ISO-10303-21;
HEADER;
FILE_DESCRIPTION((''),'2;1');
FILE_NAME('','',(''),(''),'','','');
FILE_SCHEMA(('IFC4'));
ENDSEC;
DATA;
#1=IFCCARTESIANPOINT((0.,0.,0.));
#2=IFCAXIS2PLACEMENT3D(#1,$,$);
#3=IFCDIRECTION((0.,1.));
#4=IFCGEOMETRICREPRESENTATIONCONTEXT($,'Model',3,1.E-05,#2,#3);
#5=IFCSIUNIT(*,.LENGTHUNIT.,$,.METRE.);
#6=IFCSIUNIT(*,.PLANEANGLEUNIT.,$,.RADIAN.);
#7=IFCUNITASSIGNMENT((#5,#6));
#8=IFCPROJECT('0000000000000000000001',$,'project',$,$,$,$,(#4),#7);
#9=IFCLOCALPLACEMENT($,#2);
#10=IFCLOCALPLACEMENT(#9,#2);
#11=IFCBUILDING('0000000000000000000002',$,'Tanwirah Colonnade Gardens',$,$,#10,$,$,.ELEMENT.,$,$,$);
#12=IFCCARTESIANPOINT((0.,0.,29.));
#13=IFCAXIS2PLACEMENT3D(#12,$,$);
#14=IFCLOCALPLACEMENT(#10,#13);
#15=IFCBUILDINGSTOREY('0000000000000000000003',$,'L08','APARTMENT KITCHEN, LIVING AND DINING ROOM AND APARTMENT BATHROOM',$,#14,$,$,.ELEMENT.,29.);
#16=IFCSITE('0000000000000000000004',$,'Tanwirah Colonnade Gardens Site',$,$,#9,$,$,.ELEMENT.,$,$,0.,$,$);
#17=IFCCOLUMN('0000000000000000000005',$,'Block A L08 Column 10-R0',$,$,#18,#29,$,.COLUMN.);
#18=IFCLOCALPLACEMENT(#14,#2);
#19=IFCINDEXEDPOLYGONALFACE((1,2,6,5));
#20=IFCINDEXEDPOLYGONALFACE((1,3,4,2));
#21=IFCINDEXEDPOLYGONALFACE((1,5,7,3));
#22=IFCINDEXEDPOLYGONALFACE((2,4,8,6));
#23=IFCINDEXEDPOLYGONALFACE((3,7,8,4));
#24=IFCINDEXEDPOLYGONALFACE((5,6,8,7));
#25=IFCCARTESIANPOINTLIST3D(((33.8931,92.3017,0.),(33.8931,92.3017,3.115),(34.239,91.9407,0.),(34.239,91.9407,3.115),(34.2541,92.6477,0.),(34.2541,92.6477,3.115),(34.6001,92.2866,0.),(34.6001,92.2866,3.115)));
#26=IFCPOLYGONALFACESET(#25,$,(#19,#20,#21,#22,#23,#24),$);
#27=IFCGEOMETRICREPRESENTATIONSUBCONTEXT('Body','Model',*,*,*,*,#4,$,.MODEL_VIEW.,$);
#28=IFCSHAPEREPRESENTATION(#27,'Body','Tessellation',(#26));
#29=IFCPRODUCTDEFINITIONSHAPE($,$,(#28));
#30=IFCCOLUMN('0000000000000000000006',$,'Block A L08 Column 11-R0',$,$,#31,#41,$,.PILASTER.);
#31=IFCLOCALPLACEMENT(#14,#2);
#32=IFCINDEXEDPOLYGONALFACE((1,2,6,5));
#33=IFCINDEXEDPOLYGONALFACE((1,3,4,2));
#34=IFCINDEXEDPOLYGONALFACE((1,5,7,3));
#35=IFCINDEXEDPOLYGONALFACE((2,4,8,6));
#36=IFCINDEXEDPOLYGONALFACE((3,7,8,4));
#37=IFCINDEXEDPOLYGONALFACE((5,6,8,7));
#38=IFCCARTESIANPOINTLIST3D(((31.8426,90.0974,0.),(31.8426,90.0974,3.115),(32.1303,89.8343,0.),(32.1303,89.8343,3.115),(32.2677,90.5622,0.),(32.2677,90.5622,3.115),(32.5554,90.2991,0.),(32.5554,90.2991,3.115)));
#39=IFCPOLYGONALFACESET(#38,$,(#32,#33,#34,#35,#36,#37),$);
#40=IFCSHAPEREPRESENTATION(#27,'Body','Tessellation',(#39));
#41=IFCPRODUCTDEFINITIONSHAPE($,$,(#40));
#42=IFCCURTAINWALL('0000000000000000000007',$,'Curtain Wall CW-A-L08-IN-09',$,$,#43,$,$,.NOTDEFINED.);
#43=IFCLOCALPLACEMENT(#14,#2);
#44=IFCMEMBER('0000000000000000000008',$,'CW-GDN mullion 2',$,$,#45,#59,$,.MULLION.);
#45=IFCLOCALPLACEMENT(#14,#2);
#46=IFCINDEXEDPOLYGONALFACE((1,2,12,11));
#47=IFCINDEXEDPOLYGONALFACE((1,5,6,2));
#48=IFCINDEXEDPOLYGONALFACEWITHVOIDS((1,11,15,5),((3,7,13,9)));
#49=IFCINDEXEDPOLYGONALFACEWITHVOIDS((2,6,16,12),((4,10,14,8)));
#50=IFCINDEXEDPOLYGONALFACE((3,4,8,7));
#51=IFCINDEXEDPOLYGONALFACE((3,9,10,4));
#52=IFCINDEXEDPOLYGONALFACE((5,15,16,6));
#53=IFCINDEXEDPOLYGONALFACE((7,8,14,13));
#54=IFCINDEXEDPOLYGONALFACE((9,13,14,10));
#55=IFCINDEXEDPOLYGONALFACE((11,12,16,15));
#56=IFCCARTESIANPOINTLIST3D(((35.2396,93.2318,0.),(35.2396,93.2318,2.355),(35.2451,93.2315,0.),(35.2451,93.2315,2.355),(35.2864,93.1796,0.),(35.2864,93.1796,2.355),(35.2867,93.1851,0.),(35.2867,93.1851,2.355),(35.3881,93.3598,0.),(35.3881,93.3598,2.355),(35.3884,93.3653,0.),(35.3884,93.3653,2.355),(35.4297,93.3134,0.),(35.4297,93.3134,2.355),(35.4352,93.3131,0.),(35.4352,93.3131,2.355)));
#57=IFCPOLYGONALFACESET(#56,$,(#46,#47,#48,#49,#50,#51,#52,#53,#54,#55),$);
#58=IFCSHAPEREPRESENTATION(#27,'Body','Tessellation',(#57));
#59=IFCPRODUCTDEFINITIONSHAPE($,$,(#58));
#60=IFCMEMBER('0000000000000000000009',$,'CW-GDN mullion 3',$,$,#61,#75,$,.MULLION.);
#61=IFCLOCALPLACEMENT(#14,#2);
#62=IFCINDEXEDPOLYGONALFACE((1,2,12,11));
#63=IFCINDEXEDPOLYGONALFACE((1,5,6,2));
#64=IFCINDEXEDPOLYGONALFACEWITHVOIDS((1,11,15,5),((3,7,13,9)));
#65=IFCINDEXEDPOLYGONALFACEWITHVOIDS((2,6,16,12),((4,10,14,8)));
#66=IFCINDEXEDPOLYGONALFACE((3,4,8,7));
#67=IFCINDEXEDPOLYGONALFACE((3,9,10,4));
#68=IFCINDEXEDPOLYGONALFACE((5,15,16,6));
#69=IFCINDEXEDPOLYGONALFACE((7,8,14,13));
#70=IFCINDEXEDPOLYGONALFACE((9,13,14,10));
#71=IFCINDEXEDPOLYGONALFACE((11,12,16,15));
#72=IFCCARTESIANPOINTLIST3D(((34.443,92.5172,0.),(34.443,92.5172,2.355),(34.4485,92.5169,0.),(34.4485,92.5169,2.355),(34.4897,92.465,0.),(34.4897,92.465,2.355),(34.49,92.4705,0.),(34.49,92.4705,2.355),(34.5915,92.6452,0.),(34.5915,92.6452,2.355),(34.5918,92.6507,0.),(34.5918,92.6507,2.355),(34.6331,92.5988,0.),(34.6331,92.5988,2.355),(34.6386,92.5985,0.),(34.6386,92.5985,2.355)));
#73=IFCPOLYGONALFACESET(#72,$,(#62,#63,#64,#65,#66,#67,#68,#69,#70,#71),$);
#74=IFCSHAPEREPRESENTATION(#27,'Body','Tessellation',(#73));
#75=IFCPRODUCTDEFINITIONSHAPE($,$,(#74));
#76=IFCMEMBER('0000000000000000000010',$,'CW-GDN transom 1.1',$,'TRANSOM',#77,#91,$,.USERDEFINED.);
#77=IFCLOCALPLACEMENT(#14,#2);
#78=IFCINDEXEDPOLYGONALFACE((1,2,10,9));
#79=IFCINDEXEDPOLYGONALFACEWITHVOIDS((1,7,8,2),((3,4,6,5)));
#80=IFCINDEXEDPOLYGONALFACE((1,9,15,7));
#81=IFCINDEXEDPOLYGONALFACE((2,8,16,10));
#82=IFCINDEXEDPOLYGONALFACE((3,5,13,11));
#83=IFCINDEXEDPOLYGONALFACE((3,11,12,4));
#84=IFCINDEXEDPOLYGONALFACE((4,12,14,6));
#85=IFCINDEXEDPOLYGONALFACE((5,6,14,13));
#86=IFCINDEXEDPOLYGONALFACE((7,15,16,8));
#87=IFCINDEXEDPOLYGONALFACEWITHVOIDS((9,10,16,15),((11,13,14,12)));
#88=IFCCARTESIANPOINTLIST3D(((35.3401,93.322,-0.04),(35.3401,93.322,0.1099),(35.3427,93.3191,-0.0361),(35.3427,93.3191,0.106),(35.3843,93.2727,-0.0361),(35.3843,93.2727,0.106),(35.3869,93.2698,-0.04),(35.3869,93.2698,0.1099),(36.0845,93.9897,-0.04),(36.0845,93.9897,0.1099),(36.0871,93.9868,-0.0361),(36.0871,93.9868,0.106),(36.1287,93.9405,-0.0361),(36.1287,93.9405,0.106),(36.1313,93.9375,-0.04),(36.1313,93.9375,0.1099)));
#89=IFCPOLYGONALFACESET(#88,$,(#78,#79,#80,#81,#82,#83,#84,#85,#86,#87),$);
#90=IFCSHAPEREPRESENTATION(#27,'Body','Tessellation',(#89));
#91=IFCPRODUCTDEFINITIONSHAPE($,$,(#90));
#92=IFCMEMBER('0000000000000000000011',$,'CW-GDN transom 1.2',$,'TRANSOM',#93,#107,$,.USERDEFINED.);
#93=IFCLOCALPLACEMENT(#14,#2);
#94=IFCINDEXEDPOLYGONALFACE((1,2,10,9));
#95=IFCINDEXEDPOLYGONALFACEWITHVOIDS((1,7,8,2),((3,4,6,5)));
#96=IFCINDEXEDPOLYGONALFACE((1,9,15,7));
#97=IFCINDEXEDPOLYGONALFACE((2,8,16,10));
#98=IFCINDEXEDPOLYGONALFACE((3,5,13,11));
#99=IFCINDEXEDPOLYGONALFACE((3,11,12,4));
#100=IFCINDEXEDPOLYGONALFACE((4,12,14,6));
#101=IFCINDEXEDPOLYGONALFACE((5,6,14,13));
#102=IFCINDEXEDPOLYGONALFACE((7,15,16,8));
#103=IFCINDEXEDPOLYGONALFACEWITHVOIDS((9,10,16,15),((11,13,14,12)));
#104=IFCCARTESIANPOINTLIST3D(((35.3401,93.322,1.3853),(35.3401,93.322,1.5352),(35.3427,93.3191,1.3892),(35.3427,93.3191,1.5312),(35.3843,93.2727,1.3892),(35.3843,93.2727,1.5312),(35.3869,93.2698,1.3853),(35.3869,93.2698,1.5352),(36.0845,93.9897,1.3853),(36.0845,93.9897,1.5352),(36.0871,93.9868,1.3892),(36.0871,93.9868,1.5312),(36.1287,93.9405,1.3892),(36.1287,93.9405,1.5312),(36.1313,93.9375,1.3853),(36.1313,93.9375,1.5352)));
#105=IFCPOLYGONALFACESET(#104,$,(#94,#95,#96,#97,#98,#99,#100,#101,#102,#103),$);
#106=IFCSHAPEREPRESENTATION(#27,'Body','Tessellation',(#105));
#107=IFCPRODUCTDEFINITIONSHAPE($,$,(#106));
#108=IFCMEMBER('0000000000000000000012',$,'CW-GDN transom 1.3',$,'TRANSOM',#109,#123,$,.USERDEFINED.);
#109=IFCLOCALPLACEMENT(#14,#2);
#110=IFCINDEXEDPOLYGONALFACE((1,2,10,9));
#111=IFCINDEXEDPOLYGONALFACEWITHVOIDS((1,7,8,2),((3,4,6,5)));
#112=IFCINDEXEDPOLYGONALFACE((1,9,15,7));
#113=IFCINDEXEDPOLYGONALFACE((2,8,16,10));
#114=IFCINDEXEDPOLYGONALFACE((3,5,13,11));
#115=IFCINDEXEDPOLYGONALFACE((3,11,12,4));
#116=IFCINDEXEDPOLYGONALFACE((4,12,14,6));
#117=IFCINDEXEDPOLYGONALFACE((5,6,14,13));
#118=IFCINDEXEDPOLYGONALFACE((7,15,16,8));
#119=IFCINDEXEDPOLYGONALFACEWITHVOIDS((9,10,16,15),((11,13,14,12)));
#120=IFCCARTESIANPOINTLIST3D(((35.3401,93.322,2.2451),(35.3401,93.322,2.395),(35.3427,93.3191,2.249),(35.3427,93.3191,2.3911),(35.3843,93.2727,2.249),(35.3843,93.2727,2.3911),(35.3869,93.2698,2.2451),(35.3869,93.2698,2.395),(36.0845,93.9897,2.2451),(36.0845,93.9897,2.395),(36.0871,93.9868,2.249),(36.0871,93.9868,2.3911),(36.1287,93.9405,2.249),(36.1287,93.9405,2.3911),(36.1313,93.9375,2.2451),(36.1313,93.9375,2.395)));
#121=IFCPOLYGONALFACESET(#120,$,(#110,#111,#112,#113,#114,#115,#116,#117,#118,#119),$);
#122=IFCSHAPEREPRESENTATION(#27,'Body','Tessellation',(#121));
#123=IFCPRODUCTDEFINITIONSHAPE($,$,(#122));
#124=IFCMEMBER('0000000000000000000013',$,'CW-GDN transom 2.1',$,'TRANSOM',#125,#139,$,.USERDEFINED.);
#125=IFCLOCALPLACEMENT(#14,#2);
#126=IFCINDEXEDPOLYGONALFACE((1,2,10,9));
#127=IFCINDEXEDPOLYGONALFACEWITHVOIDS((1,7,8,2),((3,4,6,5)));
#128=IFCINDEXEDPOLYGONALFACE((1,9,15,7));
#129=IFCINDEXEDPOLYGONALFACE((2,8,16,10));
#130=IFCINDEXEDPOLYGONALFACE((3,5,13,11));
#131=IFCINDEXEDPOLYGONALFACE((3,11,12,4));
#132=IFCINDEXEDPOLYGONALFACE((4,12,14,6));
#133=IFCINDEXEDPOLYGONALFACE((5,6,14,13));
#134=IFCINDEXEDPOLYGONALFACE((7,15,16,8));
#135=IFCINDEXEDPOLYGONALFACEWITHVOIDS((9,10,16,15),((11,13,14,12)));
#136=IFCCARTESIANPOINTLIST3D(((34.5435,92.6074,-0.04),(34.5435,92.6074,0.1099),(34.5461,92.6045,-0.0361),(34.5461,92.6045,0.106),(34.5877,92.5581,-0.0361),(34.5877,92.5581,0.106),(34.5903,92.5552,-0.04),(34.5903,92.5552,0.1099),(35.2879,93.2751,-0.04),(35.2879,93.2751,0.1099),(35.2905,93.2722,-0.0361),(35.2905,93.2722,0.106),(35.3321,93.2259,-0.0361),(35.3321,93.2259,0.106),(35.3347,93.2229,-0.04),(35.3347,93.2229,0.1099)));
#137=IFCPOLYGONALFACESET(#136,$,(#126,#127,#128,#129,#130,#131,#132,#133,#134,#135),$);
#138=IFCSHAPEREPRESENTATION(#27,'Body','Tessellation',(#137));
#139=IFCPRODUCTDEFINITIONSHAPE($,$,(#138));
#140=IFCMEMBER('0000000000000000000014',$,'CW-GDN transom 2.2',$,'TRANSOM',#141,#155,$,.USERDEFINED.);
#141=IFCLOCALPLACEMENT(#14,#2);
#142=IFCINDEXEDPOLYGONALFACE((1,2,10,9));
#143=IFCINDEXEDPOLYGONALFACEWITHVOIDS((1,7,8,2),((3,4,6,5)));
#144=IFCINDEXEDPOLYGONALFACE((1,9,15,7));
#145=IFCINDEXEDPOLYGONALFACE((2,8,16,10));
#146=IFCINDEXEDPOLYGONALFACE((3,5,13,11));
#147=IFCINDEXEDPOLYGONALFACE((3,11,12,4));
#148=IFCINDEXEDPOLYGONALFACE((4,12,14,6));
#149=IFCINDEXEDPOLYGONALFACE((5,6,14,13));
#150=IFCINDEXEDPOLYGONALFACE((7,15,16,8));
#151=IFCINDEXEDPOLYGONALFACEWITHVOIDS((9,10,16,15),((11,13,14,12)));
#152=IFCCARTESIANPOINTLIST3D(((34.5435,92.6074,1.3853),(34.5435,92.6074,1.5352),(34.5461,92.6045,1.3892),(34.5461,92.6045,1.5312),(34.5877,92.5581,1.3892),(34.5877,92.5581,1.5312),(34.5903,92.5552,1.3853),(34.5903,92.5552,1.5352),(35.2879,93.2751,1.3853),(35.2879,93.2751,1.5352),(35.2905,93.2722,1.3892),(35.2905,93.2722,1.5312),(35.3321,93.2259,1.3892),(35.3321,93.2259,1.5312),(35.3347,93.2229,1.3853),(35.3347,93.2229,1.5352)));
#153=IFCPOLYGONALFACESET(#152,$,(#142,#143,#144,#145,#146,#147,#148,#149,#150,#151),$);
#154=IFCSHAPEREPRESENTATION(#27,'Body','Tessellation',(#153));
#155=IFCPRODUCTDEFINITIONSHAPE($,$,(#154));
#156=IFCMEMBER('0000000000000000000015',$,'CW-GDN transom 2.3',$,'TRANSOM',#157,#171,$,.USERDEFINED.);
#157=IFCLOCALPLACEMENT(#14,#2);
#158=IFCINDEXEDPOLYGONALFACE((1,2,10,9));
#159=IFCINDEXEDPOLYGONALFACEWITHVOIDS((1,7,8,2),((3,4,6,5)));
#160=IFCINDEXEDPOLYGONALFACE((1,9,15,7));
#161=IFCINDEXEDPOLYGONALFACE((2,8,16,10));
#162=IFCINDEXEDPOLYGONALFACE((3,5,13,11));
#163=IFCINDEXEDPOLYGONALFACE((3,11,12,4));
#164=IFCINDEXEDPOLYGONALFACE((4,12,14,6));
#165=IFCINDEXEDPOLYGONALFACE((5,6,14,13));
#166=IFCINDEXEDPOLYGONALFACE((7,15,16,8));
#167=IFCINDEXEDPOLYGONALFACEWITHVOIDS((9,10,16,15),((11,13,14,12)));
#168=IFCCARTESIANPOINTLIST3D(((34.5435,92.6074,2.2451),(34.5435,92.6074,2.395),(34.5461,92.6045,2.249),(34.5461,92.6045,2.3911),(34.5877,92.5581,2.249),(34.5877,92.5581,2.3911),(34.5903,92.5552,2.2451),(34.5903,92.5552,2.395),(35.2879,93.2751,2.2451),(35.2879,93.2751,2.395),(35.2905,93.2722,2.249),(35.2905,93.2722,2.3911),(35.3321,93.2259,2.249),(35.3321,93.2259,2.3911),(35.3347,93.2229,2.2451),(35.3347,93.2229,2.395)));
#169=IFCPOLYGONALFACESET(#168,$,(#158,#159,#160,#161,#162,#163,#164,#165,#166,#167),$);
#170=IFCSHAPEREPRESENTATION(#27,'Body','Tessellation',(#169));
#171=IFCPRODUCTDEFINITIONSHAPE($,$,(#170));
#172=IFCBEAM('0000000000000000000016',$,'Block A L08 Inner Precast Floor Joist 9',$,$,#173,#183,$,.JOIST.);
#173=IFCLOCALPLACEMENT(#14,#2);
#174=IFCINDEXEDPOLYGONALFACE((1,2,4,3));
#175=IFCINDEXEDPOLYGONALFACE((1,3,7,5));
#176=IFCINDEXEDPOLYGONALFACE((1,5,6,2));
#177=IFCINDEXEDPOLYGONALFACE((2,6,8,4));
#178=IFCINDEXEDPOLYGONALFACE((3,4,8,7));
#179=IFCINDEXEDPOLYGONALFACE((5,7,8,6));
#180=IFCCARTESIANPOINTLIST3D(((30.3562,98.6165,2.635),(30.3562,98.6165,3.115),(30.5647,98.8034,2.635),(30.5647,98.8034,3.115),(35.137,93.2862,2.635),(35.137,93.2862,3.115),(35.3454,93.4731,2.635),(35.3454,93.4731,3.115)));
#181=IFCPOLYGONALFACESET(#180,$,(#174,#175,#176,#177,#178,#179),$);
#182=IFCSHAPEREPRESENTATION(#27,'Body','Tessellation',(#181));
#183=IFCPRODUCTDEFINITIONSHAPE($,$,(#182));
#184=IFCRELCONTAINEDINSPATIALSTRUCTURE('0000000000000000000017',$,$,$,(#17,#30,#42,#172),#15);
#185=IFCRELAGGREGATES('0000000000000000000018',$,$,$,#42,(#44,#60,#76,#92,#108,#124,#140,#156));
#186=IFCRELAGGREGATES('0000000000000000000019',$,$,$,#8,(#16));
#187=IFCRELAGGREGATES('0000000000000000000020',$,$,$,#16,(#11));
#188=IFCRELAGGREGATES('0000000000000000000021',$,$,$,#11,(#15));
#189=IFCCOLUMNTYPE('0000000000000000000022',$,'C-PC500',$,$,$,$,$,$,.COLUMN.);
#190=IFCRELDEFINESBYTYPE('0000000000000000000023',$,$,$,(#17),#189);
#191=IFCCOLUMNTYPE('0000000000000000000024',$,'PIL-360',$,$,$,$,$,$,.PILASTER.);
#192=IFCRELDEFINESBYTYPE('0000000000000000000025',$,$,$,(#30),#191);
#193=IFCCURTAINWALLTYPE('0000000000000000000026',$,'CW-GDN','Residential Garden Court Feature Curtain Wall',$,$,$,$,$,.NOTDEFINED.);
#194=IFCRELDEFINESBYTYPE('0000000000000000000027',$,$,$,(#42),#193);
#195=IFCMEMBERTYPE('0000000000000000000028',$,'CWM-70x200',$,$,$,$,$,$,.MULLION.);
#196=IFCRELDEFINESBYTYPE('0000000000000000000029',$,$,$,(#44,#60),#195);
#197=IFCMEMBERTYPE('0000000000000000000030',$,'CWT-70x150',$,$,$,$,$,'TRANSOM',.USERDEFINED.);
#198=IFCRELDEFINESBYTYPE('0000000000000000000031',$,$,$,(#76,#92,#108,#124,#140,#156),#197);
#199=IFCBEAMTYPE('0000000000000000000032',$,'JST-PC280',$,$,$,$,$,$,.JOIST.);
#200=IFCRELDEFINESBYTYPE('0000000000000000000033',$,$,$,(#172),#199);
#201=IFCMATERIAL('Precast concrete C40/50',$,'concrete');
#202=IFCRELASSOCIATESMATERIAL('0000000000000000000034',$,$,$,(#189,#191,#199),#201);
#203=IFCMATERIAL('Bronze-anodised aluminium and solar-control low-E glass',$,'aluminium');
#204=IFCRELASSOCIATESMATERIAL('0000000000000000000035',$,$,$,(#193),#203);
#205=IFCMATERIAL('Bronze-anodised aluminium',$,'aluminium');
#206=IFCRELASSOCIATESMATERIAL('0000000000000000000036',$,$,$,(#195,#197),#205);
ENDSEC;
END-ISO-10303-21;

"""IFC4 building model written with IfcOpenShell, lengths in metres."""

from ifc_helpers import new_model, si_unit, direction, frame, origin, origin_2d, place, context, subcontext, project, spatial, rectangle, hollow_rectangle, extrude, material, material_profile, profile_set, type_object, element, aggregate, save


model = new_model("IFC4")

# Units and contexts
model_context = context("Model", 3, precision=1e-05, world=origin(), true_north=direction((0.0, 1.0)))
body_context = subcontext(model_context, "Body", "Model", "MODEL_VIEW")
ifc_project = project(units=[si_unit("LENGTHUNIT", "METRE"), si_unit("PLANEANGLEUNIT", "RADIAN")], contexts=[model_context])

# Site, building, storey
site_placement = place(None, origin())
site = spatial("IfcSite", under=ifc_project, at=site_placement, Name="Tanwirah Colonnade Gardens Site", CompositionType="ELEMENT", RefElevation=0.0)
building_placement = place(site_placement, origin())
building = spatial("IfcBuilding", under=site, at=building_placement, Name="Tanwirah Colonnade Gardens", CompositionType="ELEMENT")
storey_placement = place(building_placement, frame((0.0, 0.0, 29.0)))
storey = spatial("IfcBuildingStorey", under=building, at=storey_placement, Name="L08", Description="APARTMENT KITCHEN, LIVING AND DINING ROOM AND APARTMENT BATHROOM", CompositionType="ELEMENT", Elevation=29.0)

# Columns
ifc_material_1 = material(Name="Precast concrete C40/50", Category="concrete")
ifc_material_profile_1 = material_profile(ifc_material_1, rectangle(XDim=0.5, YDim=0.5, at=origin_2d()), Name="PC-COL 500x500")
ifc_profile_set_1 = profile_set([ifc_material_profile_1], Name="Precast concrete C40/50")
column_type_1 = type_object("IfcColumnType", Name="C-PC500", PredefinedType="COLUMN", material=ifc_profile_set_1)
column_1_placement = place(storey_placement, frame((34.2466, 92.2942, 0.0), z_axis=(0.0, 0.0, 1.0), x_axis=(-0.691863, 0.722029, 0.0)))
element("IfcColumn", 1, at=column_1_placement, inside=storey, type_object=column_type_1, Name="Block A L08 Column 10-R0", PredefinedType="COLUMN", context=body_context, shape_type="SweptSolid", body=[
    extrude(rectangle(XDim=0.5, YDim=0.5, at=origin_2d()), origin(), (0.0, 0.0, 1.0), 3.115),
])
ifc_material_profile_2 = material_profile(ifc_material_1, rectangle(XDim=0.3899, YDim=0.6299, at=origin_2d()), Name="PC-PIL 390x630")
ifc_profile_set_2 = profile_set([ifc_material_profile_2], Name="Precast concrete C40/50")
column_type_2 = type_object("IfcColumnType", Name="PIL-360", PredefinedType="PILASTER", material=ifc_profile_set_2)
column_2_placement = place(storey_placement, frame((32.199, 90.1982, 0.0), z_axis=(0.0, 0.0, 1.0), x_axis=(-0.737932, 0.674875, 0.0)))
element("IfcColumn", 2, at=column_2_placement, inside=storey, type_object=column_type_2, Name="Block A L08 Column 11-R0", PredefinedType="PILASTER", context=body_context, shape_type="SweptSolid", body=[
    extrude(rectangle(XDim=0.3899, YDim=0.6299, at=origin_2d()), origin(), (0.0, 0.0, 1.0), 3.115),
])

# Curtain wall, members
ifc_material_2 = material(Name="Bronze-anodised aluminium and solar-control low-E glass", Category="aluminium")
curtain_wall_type = type_object("IfcCurtainWallType", Name="CW-GDN", Description="Residential Garden Court Feature Curtain Wall", PredefinedType="NOTDEFINED", material=ifc_material_2)
curtain_wall_placement = place(storey_placement, origin())
curtain_wall = element("IfcCurtainWall", 3, at=curtain_wall_placement, inside=storey, type_object=curtain_wall_type, Name="Curtain Wall CW-A-L08-IN-09", PredefinedType="NOTDEFINED")
ifc_material_3 = material(Name="Bronze-anodised aluminium", Category="aluminium")
ifc_material_profile_3 = material_profile(ifc_material_3, hollow_rectangle(XDim=0.0701, YDim=0.2, WallThickness=0.0039, at=origin_2d()), Name="CW-MUL 70x200x4")
ifc_profile_set_3 = profile_set([ifc_material_profile_3], Name="Bronze-anodised aluminium")
member_type_1 = type_object("IfcMemberType", Name="CWM-70x200", PredefinedType="MULLION", material=ifc_profile_set_3)
member_1_placement = place(storey_placement, frame((35.3374, 93.2725, 0.0), z_axis=(0.0, 0.0, 1.0), x_axis=(0.667689, -0.74444, 0.0)))
member_1 = element("IfcMember", 4, at=member_1_placement, type_object=member_type_1, Name="CW-GDN mullion 2", PredefinedType="MULLION", context=body_context, shape_type="SweptSolid", body=[
    extrude(hollow_rectangle(XDim=0.0701, YDim=0.2, WallThickness=0.0039, at=origin_2d()), origin(), (0.0, 0.0, 1.0), 2.355),
])
member_2_placement = place(storey_placement, frame((34.5408, 92.5579, 0.0), z_axis=(0.0, 0.0, 1.0), x_axis=(0.667689, -0.74444, 0.0)))
member_2 = element("IfcMember", 5, at=member_2_placement, type_object=member_type_1, Name="CW-GDN mullion 3", PredefinedType="MULLION", context=body_context, shape_type="SweptSolid", body=[
    extrude(hollow_rectangle(XDim=0.0701, YDim=0.2, WallThickness=0.0039, at=origin_2d()), origin(), (0.0, 0.0, 1.0), 2.355),
])
ifc_material_profile_4 = material_profile(ifc_material_3, hollow_rectangle(XDim=0.0701, YDim=0.1499, WallThickness=0.0039, at=origin_2d()), Name="CW-TRN 70x150x4")
ifc_profile_set_4 = profile_set([ifc_material_profile_4], Name="Bronze-anodised aluminium")
member_type_2 = type_object("IfcMemberType", Name="CWT-70x150", ElementType="TRANSOM", PredefinedType="USERDEFINED", material=ifc_profile_set_4)
member_3_placement = place(storey_placement, frame((36.1079, 93.9636, 0.0349), z_axis=(-0.744398, -0.667736, 0.0), x_axis=(0.667736, -0.744398, 0.0)))
member_3 = element("IfcMember", 6, at=member_3_placement, type_object=member_type_2, Name="CW-GDN transom 1.1", ObjectType="TRANSOM", PredefinedType="USERDEFINED", context=body_context, shape_type="SweptSolid", body=[
    extrude(hollow_rectangle(XDim=0.0701, YDim=0.1499, WallThickness=0.0039, at=origin_2d()), origin(), (0.0, 0.0, 1.0), 1.0),
])
member_4_placement = place(storey_placement, frame((36.1079, 93.9636, 1.4602), z_axis=(-0.744398, -0.667736, 0.0), x_axis=(0.667736, -0.744398, 0.0)))
member_4 = element("IfcMember", 7, at=member_4_placement, type_object=member_type_2, Name="CW-GDN transom 1.2", ObjectType="TRANSOM", PredefinedType="USERDEFINED", context=body_context, shape_type="SweptSolid", body=[
    extrude(hollow_rectangle(XDim=0.0701, YDim=0.1499, WallThickness=0.0039, at=origin_2d()), origin(), (0.0, 0.0, 1.0), 1.0),
])
member_5_placement = place(storey_placement, frame((36.1079, 93.9636, 2.3201), z_axis=(-0.744398, -0.667736, 0.0), x_axis=(0.667736, -0.744398, 0.0)))
member_5 = element("IfcMember", 8, at=member_5_placement, type_object=member_type_2, Name="CW-GDN transom 1.3", ObjectType="TRANSOM", PredefinedType="USERDEFINED", context=body_context, shape_type="SweptSolid", body=[
    extrude(hollow_rectangle(XDim=0.0701, YDim=0.1499, WallThickness=0.0039, at=origin_2d()), origin(), (0.0, 0.0, 1.0), 1.0),
])
member_6_placement = place(storey_placement, frame((35.3113, 93.249, 0.0349), z_axis=(-0.744398, -0.667736, 0.0), x_axis=(0.667736, -0.744398, 0.0)))
member_6 = element("IfcMember", 9, at=member_6_placement, type_object=member_type_2, Name="CW-GDN transom 2.1", ObjectType="TRANSOM", PredefinedType="USERDEFINED", context=body_context, shape_type="SweptSolid", body=[
    extrude(hollow_rectangle(XDim=0.0701, YDim=0.1499, WallThickness=0.0039, at=origin_2d()), origin(), (0.0, 0.0, 1.0), 1.0),
])
member_7_placement = place(storey_placement, frame((35.3113, 93.249, 1.4602), z_axis=(-0.744398, -0.667736, 0.0), x_axis=(0.667736, -0.744398, 0.0)))
member_7 = element("IfcMember", 10, at=member_7_placement, type_object=member_type_2, Name="CW-GDN transom 2.2", ObjectType="TRANSOM", PredefinedType="USERDEFINED", context=body_context, shape_type="SweptSolid", body=[
    extrude(hollow_rectangle(XDim=0.0701, YDim=0.1499, WallThickness=0.0039, at=origin_2d()), origin(), (0.0, 0.0, 1.0), 1.0),
])
member_8_placement = place(storey_placement, frame((35.3113, 93.249, 2.3201), z_axis=(-0.744398, -0.667736, 0.0), x_axis=(0.667736, -0.744398, 0.0)))
member_8 = element("IfcMember", 11, at=member_8_placement, type_object=member_type_2, Name="CW-GDN transom 2.3", ObjectType="TRANSOM", PredefinedType="USERDEFINED", context=body_context, shape_type="SweptSolid", body=[
    extrude(hollow_rectangle(XDim=0.0701, YDim=0.1499, WallThickness=0.0039, at=origin_2d()), origin(), (0.0, 0.0, 1.0), 1.0),
])

# Beam
ifc_material_profile_5 = material_profile(ifc_material_1, rectangle(XDim=0.28, YDim=0.48, at=origin_2d()), Name="PC-JST 280x480")
ifc_profile_set_5 = profile_set([ifc_material_profile_5], Name="Precast concrete C40/50")
beam_type_1 = type_object("IfcBeamType", Name="JST-PC280", PredefinedType="JOIST", material=ifc_profile_set_5)
beam_1_placement = place(storey_placement, frame((35.2412, 93.3796, 2.875), z_axis=(-0.667688, 0.744441, 0.0), x_axis=(-0.744441, -0.667688, 0.0)))
element("IfcBeam", 12, at=beam_1_placement, inside=storey, type_object=beam_type_1, Name="Block A L08 Inner Precast Floor Joist 9", PredefinedType="JOIST", context=body_context, shape_type="SweptSolid", body=[
    extrude(rectangle(XDim=0.28, YDim=0.48, at=origin_2d()), origin(), (0.0, 0.0, 1.0), 7.1602),
])

aggregate(curtain_wall, [member_1, member_2, member_3, member_4, member_5, member_6, member_7, member_8])

save(model, "model.ifc")
